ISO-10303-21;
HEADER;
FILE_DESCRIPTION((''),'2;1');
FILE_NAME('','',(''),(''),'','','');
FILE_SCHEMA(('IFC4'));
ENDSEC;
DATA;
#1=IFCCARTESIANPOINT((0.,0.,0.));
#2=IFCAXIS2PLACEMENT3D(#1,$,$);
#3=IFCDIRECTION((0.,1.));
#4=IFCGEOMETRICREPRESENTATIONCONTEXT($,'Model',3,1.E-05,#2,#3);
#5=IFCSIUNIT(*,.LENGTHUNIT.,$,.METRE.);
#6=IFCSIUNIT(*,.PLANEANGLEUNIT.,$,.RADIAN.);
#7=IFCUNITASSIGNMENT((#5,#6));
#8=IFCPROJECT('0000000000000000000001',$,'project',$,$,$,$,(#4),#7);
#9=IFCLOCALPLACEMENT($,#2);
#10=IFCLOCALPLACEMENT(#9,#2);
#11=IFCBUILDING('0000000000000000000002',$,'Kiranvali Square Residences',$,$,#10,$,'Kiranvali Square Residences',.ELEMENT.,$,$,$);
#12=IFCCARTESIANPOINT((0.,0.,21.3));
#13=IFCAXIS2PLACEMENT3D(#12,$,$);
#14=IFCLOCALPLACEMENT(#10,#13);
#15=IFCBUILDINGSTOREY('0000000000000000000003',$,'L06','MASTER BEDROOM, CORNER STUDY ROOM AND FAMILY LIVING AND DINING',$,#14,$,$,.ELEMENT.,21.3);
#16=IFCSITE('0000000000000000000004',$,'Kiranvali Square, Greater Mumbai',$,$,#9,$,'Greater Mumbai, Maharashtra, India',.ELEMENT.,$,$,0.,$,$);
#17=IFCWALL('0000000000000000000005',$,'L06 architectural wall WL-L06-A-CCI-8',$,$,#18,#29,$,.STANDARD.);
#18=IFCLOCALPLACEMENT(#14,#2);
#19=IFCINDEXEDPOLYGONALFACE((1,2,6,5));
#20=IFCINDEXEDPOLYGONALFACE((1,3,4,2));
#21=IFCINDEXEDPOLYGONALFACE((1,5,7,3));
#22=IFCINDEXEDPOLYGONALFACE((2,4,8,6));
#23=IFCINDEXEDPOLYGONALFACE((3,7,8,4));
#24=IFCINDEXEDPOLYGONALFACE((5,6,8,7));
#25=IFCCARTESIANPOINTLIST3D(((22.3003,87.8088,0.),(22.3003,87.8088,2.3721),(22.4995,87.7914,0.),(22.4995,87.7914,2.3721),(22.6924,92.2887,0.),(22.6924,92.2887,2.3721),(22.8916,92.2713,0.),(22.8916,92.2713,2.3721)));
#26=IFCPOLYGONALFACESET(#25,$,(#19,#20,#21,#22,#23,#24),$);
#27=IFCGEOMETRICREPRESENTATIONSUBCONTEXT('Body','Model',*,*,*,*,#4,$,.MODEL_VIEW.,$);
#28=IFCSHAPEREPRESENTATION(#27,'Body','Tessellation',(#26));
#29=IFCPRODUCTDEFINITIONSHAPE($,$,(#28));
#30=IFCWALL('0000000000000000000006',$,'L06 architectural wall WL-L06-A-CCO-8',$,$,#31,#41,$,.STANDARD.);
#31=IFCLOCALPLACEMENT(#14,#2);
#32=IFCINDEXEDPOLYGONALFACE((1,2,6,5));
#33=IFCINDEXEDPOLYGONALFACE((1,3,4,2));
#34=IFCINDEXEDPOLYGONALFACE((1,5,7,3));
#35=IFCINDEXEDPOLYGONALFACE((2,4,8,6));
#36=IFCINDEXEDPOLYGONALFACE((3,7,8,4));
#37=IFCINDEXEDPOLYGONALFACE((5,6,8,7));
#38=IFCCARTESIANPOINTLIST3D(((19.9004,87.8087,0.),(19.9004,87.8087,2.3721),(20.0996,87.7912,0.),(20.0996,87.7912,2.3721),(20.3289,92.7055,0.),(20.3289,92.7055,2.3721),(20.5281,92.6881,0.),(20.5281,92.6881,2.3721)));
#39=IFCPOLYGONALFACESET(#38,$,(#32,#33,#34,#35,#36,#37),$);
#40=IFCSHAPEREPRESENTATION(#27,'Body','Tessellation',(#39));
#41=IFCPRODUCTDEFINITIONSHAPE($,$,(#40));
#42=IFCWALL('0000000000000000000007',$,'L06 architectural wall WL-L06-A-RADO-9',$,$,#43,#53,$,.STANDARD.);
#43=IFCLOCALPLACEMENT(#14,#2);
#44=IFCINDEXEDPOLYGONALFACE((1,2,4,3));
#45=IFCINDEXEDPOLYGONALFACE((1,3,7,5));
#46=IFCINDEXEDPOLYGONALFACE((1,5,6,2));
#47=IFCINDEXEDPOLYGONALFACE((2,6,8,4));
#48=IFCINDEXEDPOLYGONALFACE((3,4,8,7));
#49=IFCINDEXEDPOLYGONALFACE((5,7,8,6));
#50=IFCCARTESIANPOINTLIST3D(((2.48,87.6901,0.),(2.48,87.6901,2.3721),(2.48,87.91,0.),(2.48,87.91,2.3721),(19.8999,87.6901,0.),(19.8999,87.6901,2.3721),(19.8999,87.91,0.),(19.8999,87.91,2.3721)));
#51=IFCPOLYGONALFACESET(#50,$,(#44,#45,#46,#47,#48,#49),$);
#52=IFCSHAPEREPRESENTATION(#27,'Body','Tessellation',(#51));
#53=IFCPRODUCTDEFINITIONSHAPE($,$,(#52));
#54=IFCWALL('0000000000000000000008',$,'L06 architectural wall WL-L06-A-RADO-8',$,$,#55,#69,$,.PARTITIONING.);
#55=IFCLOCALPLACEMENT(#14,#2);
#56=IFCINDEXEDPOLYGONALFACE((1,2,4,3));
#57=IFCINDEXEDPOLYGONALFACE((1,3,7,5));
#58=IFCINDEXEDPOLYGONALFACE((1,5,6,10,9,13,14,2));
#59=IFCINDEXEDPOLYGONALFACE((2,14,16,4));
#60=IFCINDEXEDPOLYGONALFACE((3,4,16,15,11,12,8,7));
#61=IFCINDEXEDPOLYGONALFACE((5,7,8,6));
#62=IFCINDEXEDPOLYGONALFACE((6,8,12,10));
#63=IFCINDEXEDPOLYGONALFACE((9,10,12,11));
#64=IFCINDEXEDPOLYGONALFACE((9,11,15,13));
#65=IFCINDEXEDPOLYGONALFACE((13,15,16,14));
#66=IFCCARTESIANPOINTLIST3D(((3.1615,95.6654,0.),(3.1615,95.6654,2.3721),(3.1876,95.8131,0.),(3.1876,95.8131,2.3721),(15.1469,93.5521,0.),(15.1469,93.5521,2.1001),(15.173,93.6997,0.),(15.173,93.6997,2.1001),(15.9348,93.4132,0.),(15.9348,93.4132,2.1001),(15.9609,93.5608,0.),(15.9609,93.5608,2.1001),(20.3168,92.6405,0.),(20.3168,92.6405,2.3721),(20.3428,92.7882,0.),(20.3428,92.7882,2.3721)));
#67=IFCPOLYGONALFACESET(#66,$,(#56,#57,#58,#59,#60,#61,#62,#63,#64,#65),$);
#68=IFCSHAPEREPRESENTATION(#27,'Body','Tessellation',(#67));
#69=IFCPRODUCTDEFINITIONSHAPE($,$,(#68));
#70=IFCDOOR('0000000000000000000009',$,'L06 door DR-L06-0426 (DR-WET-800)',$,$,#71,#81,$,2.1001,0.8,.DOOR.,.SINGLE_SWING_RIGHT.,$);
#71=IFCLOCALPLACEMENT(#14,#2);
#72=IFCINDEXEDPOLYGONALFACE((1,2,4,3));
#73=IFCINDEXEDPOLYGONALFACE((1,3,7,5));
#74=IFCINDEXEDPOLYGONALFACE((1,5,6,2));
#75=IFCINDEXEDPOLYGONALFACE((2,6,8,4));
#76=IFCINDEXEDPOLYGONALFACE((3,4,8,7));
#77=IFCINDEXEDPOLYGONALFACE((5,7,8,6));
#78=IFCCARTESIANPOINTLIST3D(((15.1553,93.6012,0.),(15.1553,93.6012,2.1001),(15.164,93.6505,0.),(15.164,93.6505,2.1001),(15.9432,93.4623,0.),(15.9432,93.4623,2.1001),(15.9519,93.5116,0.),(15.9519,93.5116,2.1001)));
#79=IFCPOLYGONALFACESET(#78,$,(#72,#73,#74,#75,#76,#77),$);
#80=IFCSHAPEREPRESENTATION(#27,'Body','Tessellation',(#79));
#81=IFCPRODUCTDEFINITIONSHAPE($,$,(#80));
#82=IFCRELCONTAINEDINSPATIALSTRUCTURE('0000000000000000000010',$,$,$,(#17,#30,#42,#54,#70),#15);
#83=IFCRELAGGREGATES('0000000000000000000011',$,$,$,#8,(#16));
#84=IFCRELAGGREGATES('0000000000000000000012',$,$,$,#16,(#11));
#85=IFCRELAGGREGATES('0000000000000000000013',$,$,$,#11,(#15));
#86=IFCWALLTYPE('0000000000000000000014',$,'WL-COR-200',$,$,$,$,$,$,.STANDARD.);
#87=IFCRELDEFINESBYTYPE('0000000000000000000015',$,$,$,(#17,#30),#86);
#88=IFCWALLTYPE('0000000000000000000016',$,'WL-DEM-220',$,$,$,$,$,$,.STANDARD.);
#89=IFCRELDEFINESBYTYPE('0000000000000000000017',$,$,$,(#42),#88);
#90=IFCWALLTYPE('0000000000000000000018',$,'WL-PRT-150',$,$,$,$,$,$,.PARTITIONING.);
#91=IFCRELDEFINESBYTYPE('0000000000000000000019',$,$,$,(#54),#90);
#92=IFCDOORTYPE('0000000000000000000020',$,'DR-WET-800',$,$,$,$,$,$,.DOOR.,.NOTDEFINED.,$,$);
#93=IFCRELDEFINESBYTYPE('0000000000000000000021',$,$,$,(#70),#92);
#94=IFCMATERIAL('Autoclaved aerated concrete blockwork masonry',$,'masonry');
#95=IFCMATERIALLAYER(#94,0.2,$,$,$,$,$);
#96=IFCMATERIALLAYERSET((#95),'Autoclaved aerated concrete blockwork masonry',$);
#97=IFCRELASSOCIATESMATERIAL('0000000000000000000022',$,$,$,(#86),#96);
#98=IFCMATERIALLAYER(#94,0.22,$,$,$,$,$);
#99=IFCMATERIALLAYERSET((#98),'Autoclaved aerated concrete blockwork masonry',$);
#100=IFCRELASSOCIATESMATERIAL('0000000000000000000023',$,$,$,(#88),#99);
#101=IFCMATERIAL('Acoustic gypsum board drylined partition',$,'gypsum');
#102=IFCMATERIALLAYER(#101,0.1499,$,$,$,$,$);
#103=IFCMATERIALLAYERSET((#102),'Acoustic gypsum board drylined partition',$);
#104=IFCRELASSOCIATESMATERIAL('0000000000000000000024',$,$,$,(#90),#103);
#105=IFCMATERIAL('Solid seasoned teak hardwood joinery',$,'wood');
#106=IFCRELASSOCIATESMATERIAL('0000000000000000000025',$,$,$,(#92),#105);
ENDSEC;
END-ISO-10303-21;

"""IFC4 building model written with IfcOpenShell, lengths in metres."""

from ifc_helpers import new_model, si_unit, direction, frame, frame_2d, origin, place, context, subcontext, project, spatial, rectangle, extrude, material, layer, layer_set, type_object, element, fill, save


model = new_model("IFC4")

# Units and contexts
model_context = context("Model", 3, precision=1e-05, world=origin(), true_north=direction((0.0, 1.0)))
body_context = subcontext(model_context, "Body", "Model", "MODEL_VIEW")
ifc_project = project(units=[si_unit("LENGTHUNIT", "METRE"), si_unit("PLANEANGLEUNIT", "RADIAN")], contexts=[model_context])

# Site, building, storey
site_placement = place(None, origin())
site = spatial("IfcSite", under=ifc_project, at=site_placement, Name="Kiranvali Square, Greater Mumbai", LongName="Greater Mumbai, Maharashtra, India", CompositionType="ELEMENT", RefElevation=0.0)
building_placement = place(site_placement, origin())
building = spatial("IfcBuilding", under=site, at=building_placement, Name="Kiranvali Square Residences", LongName="Kiranvali Square Residences", CompositionType="ELEMENT")
storey_placement = place(building_placement, frame((0.0, 0.0, 21.3)))
storey = spatial("IfcBuildingStorey", under=building, at=storey_placement, Name="L06", Description="MASTER BEDROOM, CORNER STUDY ROOM AND FAMILY LIVING AND DINING", CompositionType="ELEMENT", Elevation=21.3)

# Shared definitions
ifc_material_1 = material(Name="Autoclaved aerated concrete blockwork masonry", Category="masonry")
ifc_layer_1 = layer(ifc_material_1, 0.2)
ifc_layer_set_1 = layer_set([ifc_layer_1], Name="Autoclaved aerated concrete blockwork masonry")
wall_type_1 = type_object("IfcWallType", Name="WL-COR-200", PredefinedType="STANDARD", material=ifc_layer_set_1)

# Walls
wall_1_placement = place(storey_placement, frame((22.792, 92.28, 0.0), z_axis=(0.0, 0.0, 1.0), x_axis=(-0.087187, -0.996192, 0.0)))
element("IfcWall", 1, at=wall_1_placement, inside=storey, type_object=wall_type_1, Name="L06 architectural wall WL-L06-A-CCI-8", PredefinedType="STANDARD", context=body_context, shape_type="SweptSolid", body=[
    extrude(rectangle(XDim=4.4971, YDim=0.2, at=frame_2d((2.2485, 0.0))), origin(), (0.0, 0.0, 1.0), 2.3721),
])
wall_2_placement = place(storey_placement, frame((20.4285, 92.6968, 0.0), z_axis=(0.0, 0.0, 1.0), x_axis=(-0.087168, -0.996194, 0.0)))
element("IfcWall", 2, at=wall_2_placement, inside=storey, type_object=wall_type_1, Name="L06 architectural wall WL-L06-A-CCO-8", PredefinedType="STANDARD", context=body_context, shape_type="SweptSolid", body=[
    extrude(rectangle(XDim=4.9155, YDim=0.2, at=frame_2d((2.4578, 0.0))), origin(), (0.0, 0.0, 1.0), 2.3721),
])

# Wall
ifc_layer_2 = layer(ifc_material_1, 0.22)
ifc_layer_set_2 = layer_set([ifc_layer_2], Name="Autoclaved aerated concrete blockwork masonry")
wall_type_2 = type_object("IfcWallType", Name="WL-DEM-220", PredefinedType="STANDARD", material=ifc_layer_set_2)
wall_3_placement = place(storey_placement, frame((19.8999, 87.8, 0.0), z_axis=(0.0, 0.0, 1.0), x_axis=(-1.0, 0.0, 0.0)))
element("IfcWall", 3, at=wall_3_placement, inside=storey, type_object=wall_type_2, Name="L06 architectural wall WL-L06-A-RADO-9", PredefinedType="STANDARD", context=body_context, shape_type="SweptSolid", body=[
    extrude(rectangle(XDim=17.4199, YDim=0.22, at=frame_2d((8.71, 0.0))), origin(), (0.0, 0.0, 1.0), 2.3721),
])

# Wall, opening, door
ifc_material_2 = material(Name="Acoustic gypsum board drylined partition", Category="gypsum")
ifc_layer_3 = layer(ifc_material_2, 0.1499)
ifc_layer_set_3 = layer_set([ifc_layer_3], Name="Acoustic gypsum board drylined partition")
wall_type_3 = type_object("IfcWallType", Name="WL-PRT-150", PredefinedType="PARTITIONING", material=ifc_layer_set_3)
wall_4_placement = place(storey_placement, frame((20.3298, 92.7144, 0.0), z_axis=(0.0, 0.0, 1.0), x_axis=(-0.984808, 0.173646, 0.0)))
wall_4 = element("IfcWall", 4, at=wall_4_placement, inside=storey, type_object=wall_type_3, Name="L06 architectural wall WL-L06-A-RADO-8", PredefinedType="PARTITIONING", context=body_context, shape_type="SweptSolid", body=[
    extrude(rectangle(XDim=17.4199, YDim=0.1499, at=frame_2d((8.71, 0.0))), origin(), (0.0, 0.0, 1.0), 2.3721),
])
opening_1_placement = place(wall_4_placement, frame((4.4497, 0.0, 0.0)))
opening_1 = element("IfcOpeningElement", 5, at=opening_1_placement, cuts=wall_4, PredefinedType="OPENING", context=body_context, shape_type="SweptSolid", body=[
    extrude(rectangle(XDim=0.8, YDim=2.1001, at=frame_2d((0.3999, 1.05))), frame((0.0, 0.085, 0.0), z_axis=(0.0, -1.0, 0.0), x_axis=(1.0, 0.0, 0.0)), (0.0, 0.0, 1.0), 0.1699),
])
ifc_material_3 = material(Name="Solid seasoned teak hardwood joinery", Category="wood")
door_type_1 = type_object("IfcDoorType", Name="DR-WET-800", OperationType="NOTDEFINED", PredefinedType="DOOR", material=ifc_material_3)
door_1_placement = place(opening_1_placement, frame((0.8, 0.0, 0.0), z_axis=(0.0, 0.0, 1.0), x_axis=(-1.0, 0.0, 0.0)))
door_1 = element("IfcDoor", 6, at=door_1_placement, inside=storey, type_object=door_type_1, Name="L06 door DR-L06-0426 (DR-WET-800)", OperationType="SINGLE_SWING_RIGHT", OverallHeight=2.1001, OverallWidth=0.8, PredefinedType="DOOR", context=body_context, shape_type="SweptSolid", body=[
    extrude(rectangle(XDim=0.8, YDim=2.1001, at=frame_2d((0.3999, 1.05))), frame((0.0, 0.0249, 0.0), z_axis=(0.0, -1.0, 0.0), x_axis=(1.0, 0.0, 0.0)), (0.0, 0.0, 1.0), 0.05),
])
fill(opening_1, door_1)

save(model, "model.ifc")
